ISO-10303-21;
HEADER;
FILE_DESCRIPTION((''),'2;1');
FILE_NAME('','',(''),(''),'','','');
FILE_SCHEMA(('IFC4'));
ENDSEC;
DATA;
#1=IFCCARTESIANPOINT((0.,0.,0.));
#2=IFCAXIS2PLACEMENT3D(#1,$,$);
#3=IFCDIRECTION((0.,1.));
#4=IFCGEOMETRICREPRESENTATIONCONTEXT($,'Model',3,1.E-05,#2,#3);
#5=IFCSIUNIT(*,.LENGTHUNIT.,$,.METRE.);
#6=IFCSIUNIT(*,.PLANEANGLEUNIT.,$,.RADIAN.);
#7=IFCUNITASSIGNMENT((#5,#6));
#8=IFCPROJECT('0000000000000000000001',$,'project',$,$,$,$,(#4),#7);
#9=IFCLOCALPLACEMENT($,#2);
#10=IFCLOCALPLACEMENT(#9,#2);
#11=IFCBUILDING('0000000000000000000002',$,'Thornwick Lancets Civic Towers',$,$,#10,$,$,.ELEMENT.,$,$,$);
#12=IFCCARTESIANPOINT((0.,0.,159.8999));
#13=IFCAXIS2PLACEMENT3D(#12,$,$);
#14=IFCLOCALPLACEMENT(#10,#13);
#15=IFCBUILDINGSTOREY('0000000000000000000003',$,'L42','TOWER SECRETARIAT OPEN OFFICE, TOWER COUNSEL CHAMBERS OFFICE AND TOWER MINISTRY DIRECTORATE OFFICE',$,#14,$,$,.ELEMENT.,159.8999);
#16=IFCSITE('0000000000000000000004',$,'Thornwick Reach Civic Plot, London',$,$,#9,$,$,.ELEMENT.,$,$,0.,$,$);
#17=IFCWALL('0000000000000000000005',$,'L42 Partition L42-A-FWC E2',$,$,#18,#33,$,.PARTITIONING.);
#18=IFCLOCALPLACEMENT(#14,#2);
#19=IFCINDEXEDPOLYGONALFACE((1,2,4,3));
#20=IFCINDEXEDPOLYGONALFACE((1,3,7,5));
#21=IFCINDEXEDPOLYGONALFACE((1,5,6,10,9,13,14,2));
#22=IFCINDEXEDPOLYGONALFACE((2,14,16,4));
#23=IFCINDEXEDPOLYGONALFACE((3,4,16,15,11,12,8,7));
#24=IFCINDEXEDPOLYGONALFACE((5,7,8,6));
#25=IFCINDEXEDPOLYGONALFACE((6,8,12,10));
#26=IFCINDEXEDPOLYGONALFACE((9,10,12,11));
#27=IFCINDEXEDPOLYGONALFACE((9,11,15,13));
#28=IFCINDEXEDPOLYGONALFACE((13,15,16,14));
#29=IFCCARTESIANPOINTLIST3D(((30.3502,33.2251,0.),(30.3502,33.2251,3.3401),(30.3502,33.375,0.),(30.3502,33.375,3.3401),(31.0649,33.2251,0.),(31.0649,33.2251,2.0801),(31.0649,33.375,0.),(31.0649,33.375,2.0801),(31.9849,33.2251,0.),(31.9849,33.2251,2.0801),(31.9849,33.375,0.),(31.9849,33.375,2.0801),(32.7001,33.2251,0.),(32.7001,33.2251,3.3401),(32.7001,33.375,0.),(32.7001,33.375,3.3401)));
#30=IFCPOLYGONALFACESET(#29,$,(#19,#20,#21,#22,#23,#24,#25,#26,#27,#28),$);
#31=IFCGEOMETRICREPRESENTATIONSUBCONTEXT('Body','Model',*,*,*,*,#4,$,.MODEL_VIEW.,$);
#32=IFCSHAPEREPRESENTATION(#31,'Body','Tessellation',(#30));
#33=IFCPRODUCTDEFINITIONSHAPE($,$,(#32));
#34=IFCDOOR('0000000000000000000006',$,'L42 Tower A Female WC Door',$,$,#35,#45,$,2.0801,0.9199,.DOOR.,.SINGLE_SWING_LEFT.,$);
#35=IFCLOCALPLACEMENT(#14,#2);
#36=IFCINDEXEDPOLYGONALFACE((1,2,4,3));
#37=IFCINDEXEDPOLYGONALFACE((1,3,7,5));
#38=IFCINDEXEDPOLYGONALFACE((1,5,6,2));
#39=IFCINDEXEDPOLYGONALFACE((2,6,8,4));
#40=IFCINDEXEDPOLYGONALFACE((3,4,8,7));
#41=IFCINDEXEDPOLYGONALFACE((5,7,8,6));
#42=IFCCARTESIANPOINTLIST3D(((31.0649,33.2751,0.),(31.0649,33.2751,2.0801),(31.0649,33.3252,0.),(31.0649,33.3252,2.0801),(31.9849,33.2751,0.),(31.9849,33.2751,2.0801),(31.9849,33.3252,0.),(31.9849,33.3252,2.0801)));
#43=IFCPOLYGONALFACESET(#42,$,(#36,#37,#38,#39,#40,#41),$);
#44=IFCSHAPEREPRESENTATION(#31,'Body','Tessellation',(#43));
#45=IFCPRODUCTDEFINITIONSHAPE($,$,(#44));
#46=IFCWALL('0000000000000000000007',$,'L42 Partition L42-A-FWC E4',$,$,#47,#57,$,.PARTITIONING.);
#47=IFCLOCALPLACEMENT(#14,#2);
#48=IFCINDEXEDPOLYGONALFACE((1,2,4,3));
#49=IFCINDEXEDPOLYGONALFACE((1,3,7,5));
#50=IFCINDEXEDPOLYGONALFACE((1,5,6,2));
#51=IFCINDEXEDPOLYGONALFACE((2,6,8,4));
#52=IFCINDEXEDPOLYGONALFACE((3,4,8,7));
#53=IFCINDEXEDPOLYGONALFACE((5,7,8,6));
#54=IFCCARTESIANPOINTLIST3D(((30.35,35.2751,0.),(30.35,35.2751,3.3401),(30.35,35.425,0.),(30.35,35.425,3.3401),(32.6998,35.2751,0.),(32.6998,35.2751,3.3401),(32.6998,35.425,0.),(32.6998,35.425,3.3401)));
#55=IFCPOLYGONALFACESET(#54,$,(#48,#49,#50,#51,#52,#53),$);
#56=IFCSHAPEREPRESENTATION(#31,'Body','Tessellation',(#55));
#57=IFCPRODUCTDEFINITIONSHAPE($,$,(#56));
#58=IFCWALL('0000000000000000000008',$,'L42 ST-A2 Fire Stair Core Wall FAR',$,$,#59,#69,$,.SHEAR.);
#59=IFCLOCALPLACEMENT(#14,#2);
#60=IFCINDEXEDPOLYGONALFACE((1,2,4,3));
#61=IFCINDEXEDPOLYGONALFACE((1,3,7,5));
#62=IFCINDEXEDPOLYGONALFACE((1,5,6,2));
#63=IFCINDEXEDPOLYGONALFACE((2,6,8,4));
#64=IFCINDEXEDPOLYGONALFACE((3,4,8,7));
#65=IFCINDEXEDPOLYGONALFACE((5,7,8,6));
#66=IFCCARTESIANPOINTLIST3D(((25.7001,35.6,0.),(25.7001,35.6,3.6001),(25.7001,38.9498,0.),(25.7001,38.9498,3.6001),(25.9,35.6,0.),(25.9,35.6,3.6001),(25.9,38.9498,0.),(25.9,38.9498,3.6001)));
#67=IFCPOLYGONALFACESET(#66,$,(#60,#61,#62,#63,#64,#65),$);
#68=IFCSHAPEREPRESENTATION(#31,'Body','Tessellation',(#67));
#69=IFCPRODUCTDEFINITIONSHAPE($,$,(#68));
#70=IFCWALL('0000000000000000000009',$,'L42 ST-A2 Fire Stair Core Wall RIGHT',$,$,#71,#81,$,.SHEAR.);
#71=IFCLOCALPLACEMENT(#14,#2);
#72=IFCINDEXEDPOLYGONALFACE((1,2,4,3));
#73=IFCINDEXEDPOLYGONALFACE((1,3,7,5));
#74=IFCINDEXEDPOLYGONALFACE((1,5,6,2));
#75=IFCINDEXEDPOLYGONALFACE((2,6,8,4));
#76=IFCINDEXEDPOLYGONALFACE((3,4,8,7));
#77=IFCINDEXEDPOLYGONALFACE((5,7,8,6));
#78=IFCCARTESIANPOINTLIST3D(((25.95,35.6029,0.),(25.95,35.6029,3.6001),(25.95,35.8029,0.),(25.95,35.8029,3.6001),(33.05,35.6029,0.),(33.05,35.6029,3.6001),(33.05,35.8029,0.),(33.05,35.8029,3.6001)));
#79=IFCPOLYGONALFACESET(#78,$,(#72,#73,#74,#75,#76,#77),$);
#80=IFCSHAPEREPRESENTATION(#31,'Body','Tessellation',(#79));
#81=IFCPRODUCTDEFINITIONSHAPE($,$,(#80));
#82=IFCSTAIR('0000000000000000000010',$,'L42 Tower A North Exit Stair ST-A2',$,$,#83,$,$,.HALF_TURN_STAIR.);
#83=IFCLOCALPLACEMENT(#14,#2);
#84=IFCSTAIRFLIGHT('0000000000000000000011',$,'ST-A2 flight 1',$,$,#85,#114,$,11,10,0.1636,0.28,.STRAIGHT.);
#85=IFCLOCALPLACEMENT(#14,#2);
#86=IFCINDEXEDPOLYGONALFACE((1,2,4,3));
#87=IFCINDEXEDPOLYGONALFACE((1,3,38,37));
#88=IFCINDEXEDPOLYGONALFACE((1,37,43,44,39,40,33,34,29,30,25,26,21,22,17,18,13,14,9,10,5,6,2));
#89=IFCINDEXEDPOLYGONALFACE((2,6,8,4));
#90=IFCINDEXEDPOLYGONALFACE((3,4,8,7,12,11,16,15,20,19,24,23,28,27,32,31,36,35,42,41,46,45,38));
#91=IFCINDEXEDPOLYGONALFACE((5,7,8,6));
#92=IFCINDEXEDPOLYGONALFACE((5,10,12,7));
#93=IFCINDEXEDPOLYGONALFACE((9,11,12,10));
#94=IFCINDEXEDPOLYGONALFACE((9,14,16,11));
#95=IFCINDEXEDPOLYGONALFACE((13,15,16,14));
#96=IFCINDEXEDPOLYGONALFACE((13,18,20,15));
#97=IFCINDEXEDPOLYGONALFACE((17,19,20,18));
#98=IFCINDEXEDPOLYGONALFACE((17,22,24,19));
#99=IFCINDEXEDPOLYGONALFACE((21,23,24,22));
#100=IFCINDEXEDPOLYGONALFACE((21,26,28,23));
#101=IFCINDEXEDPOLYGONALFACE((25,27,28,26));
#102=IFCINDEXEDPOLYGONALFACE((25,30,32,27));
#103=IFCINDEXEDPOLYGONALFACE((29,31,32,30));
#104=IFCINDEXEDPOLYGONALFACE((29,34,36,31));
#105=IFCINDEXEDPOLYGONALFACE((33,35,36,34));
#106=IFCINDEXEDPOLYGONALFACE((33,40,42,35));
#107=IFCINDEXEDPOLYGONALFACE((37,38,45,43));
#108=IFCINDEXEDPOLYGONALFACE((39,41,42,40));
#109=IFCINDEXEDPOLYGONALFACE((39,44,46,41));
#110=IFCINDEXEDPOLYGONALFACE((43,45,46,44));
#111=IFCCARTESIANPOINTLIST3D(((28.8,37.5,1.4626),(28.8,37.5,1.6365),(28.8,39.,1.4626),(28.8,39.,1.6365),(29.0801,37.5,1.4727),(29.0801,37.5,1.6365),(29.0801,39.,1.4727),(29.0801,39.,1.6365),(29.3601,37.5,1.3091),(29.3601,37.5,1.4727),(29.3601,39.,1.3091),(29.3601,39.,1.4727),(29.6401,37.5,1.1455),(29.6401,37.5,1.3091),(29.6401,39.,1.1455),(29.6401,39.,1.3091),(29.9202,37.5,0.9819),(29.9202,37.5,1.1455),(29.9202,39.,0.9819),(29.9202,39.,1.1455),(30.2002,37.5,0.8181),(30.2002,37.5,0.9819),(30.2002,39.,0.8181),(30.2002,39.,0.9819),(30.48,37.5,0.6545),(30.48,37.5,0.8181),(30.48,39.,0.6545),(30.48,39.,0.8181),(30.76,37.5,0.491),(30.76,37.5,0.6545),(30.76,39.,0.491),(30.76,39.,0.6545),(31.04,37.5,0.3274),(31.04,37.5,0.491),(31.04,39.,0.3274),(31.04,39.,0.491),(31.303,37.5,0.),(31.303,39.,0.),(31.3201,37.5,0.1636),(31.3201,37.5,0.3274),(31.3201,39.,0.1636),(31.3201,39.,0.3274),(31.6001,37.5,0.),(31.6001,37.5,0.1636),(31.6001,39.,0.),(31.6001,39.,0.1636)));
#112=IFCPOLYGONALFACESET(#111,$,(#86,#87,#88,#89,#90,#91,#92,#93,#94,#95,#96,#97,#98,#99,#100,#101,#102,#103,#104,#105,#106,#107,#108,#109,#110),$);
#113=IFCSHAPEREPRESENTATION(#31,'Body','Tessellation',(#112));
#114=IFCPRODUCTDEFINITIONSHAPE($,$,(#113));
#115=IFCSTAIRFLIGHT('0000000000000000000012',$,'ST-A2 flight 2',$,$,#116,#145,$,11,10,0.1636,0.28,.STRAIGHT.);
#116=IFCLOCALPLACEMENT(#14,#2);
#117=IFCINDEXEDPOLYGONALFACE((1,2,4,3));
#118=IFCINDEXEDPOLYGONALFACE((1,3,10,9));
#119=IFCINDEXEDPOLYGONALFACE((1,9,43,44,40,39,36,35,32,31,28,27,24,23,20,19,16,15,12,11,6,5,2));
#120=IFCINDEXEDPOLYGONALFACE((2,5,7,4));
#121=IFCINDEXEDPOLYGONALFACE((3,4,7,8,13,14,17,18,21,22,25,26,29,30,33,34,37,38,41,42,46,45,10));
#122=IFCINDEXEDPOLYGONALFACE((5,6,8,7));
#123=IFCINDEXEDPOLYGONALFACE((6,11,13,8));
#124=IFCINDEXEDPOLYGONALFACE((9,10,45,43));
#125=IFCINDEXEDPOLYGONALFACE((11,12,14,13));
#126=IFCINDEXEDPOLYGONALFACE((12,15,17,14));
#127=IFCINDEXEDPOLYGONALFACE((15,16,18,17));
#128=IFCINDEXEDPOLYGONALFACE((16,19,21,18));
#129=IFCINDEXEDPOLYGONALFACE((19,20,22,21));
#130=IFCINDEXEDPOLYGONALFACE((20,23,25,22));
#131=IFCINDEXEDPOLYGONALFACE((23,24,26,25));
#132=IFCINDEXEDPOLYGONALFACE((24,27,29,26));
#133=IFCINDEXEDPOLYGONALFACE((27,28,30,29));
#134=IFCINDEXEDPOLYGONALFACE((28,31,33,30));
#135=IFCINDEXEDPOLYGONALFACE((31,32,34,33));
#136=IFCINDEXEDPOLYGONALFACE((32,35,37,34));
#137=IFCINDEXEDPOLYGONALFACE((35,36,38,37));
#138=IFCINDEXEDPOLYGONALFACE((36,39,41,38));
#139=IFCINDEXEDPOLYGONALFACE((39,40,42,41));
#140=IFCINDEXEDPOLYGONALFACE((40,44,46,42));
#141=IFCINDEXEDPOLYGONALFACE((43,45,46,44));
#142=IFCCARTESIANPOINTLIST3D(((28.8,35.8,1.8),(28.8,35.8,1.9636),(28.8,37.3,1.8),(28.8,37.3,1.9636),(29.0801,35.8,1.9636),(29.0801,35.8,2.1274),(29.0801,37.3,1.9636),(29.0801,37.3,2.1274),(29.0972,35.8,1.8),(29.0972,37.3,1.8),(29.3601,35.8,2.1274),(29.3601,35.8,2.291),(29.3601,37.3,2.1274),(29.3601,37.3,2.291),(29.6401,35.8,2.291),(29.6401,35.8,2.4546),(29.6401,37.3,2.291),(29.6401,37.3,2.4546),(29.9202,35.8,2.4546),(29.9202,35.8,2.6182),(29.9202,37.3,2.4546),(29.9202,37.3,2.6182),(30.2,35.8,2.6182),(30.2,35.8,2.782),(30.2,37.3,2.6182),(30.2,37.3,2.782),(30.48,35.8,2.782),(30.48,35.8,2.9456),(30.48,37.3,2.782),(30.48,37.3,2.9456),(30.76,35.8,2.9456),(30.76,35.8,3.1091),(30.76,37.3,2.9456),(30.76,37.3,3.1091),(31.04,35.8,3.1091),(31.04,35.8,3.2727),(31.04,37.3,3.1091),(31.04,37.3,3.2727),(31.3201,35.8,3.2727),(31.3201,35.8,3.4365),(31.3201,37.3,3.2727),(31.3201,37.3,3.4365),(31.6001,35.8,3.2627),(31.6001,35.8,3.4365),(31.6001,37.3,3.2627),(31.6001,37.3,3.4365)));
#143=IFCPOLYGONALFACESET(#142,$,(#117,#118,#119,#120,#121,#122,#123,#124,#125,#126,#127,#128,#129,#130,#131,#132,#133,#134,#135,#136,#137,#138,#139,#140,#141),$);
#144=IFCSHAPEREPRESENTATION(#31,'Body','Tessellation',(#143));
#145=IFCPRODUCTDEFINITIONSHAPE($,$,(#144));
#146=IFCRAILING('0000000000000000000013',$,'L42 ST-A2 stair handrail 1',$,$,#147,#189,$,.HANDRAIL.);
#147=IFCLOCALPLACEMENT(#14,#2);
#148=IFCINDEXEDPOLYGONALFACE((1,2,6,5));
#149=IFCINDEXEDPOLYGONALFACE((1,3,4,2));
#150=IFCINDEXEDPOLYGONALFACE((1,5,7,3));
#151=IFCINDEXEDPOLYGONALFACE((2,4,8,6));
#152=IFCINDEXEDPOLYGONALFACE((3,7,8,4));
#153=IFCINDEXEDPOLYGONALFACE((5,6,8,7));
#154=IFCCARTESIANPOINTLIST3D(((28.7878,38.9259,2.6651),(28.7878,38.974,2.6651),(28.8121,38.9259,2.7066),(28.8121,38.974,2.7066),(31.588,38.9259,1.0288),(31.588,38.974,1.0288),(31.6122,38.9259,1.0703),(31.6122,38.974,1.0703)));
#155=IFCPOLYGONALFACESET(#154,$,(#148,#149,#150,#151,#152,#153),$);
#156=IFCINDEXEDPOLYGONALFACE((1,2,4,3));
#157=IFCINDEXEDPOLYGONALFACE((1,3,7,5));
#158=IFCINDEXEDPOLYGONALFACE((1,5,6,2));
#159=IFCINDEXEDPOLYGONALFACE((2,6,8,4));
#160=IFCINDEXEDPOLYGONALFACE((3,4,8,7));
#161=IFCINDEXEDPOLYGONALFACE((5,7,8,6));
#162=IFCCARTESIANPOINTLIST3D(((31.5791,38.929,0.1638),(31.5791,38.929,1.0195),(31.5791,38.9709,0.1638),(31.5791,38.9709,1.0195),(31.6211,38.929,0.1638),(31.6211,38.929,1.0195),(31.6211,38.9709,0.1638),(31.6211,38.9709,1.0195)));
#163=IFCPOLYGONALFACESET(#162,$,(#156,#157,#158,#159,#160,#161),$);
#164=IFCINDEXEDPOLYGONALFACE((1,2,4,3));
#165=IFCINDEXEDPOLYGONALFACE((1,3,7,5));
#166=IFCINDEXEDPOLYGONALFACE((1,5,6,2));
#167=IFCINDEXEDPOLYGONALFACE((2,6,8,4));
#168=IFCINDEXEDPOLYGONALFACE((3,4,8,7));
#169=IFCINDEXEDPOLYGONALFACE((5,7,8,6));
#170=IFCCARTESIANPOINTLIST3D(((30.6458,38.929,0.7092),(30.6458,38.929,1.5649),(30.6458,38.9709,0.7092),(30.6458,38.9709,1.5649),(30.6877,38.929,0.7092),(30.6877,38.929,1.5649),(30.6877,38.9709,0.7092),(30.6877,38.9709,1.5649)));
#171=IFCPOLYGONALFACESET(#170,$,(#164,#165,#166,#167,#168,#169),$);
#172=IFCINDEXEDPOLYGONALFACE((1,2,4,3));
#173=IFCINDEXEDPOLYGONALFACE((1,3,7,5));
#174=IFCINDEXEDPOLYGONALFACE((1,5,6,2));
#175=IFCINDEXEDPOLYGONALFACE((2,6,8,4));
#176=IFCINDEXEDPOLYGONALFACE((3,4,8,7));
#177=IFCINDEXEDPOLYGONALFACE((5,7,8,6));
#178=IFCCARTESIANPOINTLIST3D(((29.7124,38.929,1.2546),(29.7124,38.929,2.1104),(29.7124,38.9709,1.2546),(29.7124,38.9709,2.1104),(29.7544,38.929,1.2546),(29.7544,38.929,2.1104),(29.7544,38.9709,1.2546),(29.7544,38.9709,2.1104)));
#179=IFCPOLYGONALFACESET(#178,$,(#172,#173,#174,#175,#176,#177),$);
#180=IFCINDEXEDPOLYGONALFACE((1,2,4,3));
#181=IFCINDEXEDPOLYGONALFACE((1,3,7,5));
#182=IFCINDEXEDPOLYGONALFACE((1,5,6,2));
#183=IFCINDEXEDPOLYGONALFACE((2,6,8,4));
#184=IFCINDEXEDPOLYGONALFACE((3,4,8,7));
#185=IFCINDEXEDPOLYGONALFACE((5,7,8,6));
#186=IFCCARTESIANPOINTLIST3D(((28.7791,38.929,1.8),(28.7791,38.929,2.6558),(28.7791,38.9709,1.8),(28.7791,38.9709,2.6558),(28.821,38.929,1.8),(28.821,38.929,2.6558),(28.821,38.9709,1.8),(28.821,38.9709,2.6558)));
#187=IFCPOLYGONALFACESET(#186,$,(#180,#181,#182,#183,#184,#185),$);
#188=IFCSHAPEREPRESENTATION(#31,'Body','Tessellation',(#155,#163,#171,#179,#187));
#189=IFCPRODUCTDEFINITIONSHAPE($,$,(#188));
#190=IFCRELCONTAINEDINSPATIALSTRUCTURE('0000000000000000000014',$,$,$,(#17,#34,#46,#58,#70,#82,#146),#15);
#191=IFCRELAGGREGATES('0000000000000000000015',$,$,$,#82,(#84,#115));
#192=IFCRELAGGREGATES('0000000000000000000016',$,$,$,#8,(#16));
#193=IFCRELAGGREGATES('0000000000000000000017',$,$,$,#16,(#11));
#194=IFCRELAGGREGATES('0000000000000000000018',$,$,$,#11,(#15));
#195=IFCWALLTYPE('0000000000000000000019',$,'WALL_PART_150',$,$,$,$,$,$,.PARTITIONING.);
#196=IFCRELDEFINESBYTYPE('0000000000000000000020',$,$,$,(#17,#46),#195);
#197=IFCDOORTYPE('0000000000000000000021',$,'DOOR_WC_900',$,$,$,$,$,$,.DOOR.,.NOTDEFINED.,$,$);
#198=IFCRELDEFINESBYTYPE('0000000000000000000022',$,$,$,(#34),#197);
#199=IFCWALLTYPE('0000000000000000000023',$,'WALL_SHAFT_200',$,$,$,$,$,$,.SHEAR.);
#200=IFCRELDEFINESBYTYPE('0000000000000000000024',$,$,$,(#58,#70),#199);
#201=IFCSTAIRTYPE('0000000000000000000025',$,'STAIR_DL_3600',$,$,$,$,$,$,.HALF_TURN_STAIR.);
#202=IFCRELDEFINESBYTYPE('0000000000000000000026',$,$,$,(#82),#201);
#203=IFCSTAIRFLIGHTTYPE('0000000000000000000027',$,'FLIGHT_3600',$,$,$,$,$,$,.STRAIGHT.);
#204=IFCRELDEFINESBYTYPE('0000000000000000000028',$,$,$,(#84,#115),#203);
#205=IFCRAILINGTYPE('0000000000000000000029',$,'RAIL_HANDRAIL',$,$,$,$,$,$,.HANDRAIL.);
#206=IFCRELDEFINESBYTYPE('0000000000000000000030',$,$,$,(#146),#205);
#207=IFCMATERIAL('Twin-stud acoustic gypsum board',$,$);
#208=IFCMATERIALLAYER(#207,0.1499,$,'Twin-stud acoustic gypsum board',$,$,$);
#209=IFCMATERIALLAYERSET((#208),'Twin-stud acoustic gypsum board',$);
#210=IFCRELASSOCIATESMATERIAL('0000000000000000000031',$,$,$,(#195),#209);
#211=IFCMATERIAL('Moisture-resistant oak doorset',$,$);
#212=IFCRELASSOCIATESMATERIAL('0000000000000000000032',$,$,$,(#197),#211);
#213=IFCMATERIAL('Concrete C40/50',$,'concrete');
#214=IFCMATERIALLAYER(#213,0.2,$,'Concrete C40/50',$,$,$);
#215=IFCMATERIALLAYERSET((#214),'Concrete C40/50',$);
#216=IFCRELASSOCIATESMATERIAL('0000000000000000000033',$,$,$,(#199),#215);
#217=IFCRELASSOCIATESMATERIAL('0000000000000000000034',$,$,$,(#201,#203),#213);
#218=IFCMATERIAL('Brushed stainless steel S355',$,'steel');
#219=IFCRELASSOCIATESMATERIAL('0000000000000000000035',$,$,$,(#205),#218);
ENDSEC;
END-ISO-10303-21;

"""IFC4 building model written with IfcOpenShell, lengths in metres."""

from ifc_helpers import new_model, si_unit, direction, frame, frame_2d, origin, origin_2d, place, context, subcontext, project, spatial, polyline, rectangle, outline, extrude, material, layer, layer_set, type_object, element, fill, aggregate, save


model = new_model("IFC4")

# Units and contexts
model_context = context("Model", 3, precision=1e-05, world=origin(), true_north=direction((0.0, 1.0)))
body_context = subcontext(model_context, "Body", "Model", "MODEL_VIEW")
ifc_project = project(units=[si_unit("LENGTHUNIT", "METRE"), si_unit("PLANEANGLEUNIT", "RADIAN")], contexts=[model_context])

# Site, building, storey
site_placement = place(None, origin())
site = spatial("IfcSite", under=ifc_project, at=site_placement, Name="Thornwick Reach Civic Plot, London", CompositionType="ELEMENT", RefElevation=0.0)
building_placement = place(site_placement, origin())
building = spatial("IfcBuilding", under=site, at=building_placement, Name="Thornwick Lancets Civic Towers", CompositionType="ELEMENT")
storey_placement = place(building_placement, frame((0.0, 0.0, 159.8999)))
storey = spatial("IfcBuildingStorey", under=building, at=storey_placement, Name="L42", Description="TOWER SECRETARIAT OPEN OFFICE, TOWER COUNSEL CHAMBERS OFFICE AND TOWER MINISTRY DIRECTORATE OFFICE", CompositionType="ELEMENT", Elevation=159.8999)

# Shared definitions
ifc_material_1 = material(Name="Concrete C40/50", Category="concrete")

# Wall, opening, door
ifc_material_2 = material(Name="Twin-stud acoustic gypsum board")
ifc_layer_1 = layer(ifc_material_2, 0.1499, Name="Twin-stud acoustic gypsum board")
ifc_layer_set_1 = layer_set([ifc_layer_1], Name="Twin-stud acoustic gypsum board")
wall_type_1 = type_object("IfcWallType", Name="WALL_PART_150", PredefinedType="PARTITIONING", material=ifc_layer_set_1)
wall_1_placement = place(storey_placement, frame((32.7, 33.3, 0.0), z_axis=(0.0, 0.0, 1.0), x_axis=(-1.0, 0.0, 0.0)))
wall_1 = element("IfcWall", 1, at=wall_1_placement, inside=storey, type_object=wall_type_1, Name="L42 Partition L42-A-FWC E2", PredefinedType="PARTITIONING", context=body_context, shape_type="SweptSolid", body=[
    extrude(rectangle(XDim=2.3499, YDim=0.1499, at=frame_2d((1.1748, 0.0))), origin(), (0.0, 0.0, 1.0), 3.3401),
])
opening_1_placement = place(wall_1_placement, frame((0.7151, 0.0, 0.0)))
opening_1 = element("IfcOpeningElement", 2, at=opening_1_placement, cuts=wall_1, PredefinedType="OPENING", context=body_context, shape_type="SweptSolid", body=[
    extrude(rectangle(XDim=0.9199, YDim=2.0801, at=frame_2d((0.46, 1.04))), frame((0.0, 0.085, 0.0), z_axis=(0.0, -1.0, 0.0), x_axis=(1.0, 0.0, 0.0)), (0.0, 0.0, 1.0), 0.1699),
])
ifc_material_3 = material(Name="Moisture-resistant oak doorset")
door_type_1 = type_object("IfcDoorType", Name="DOOR_WC_900", OperationType="NOTDEFINED", PredefinedType="DOOR", material=ifc_material_3)
door_1_placement = place(opening_1_placement, origin())
door_1 = element("IfcDoor", 3, at=door_1_placement, inside=storey, type_object=door_type_1, Name="L42 Tower A Female WC Door", OperationType="SINGLE_SWING_LEFT", OverallHeight=2.0801, OverallWidth=0.9199, PredefinedType="DOOR", context=body_context, shape_type="SweptSolid", body=[
    extrude(rectangle(XDim=0.9199, YDim=2.0801, at=frame_2d((0.46, 1.04))), frame((0.0, 0.0249, 0.0), z_axis=(0.0, -1.0, 0.0), x_axis=(1.0, 0.0, 0.0)), (0.0, 0.0, 1.0), 0.05),
])
fill(opening_1, door_1)

# Walls
wall_2_placement = place(storey_placement, frame((30.3501, 35.3501, 0.0), z_axis=(0.0, 0.0, 1.0), x_axis=(1.0, 0.0, 0.0)))
element("IfcWall", 4, at=wall_2_placement, inside=storey, type_object=wall_type_1, Name="L42 Partition L42-A-FWC E4", PredefinedType="PARTITIONING", context=body_context, shape_type="SweptSolid", body=[
    extrude(rectangle(XDim=2.3499, YDim=0.1499, at=frame_2d((1.1748, 0.0))), origin(), (0.0, 0.0, 1.0), 3.3401),
])
ifc_layer_2 = layer(ifc_material_1, 0.2, Name="Concrete C40/50")
ifc_layer_set_2 = layer_set([ifc_layer_2], Name="Concrete C40/50")
wall_type_2 = type_object("IfcWallType", Name="WALL_SHAFT_200", PredefinedType="SHEAR", material=ifc_layer_set_2)
wall_3_placement = place(storey_placement, frame((25.8, 35.6001, 0.0), z_axis=(0.0, 0.0, 1.0), x_axis=(0.0, 1.0, 0.0)))
element("IfcWall", 5, at=wall_3_placement, inside=storey, type_object=wall_type_2, Name="L42 ST-A2 Fire Stair Core Wall FAR", PredefinedType="SHEAR", context=body_context, shape_type="SweptSolid", body=[
    extrude(rectangle(XDim=3.3499, YDim=0.2, at=frame_2d((1.6748, 0.0))), origin(), (0.0, 0.0, 1.0), 3.6001),
])
wall_4_placement = place(storey_placement, frame((25.95, 35.7029, 0.0), z_axis=(0.0, 0.0, 1.0), x_axis=(1.0, 0.0, 0.0)))
element("IfcWall", 6, at=wall_4_placement, inside=storey, type_object=wall_type_2, Name="L42 ST-A2 Fire Stair Core Wall RIGHT", PredefinedType="SHEAR", context=body_context, shape_type="SweptSolid", body=[
    extrude(rectangle(XDim=7.1001, YDim=0.2, at=frame_2d((3.55, 0.0))), origin(), (0.0, 0.0, 1.0), 3.6001),
])

# Stair, stair flights
stair_type = type_object("IfcStairType", Name="STAIR_DL_3600", PredefinedType="HALF_TURN_STAIR", material=ifc_material_1)
stair_placement = place(storey_placement, origin())
stair = element("IfcStair", 7, at=stair_placement, inside=storey, type_object=stair_type, Name="L42 Tower A North Exit Stair ST-A2", PredefinedType="HALF_TURN_STAIR")
stair_flight_type = type_object("IfcStairFlightType", Name="FLIGHT_3600", PredefinedType="STRAIGHT", material=ifc_material_1)
stair_flight_1_placement = place(storey_placement, frame((31.6001, 38.25, 0.0), z_axis=(0.0, 0.0, 1.0), x_axis=(-1.0, 0.0, 0.0)))
stair_flight_1 = element("IfcStairFlight", 8, at=stair_flight_1_placement, type_object=stair_flight_type, Name="ST-A2 flight 1", NumberOfRisers=11, NumberOfTreads=10, PredefinedType="STRAIGHT", RiserHeight=0.1636, TreadLength=0.28, context=body_context, shape_type="SweptSolid", body=[
    extrude(outline(polyline([(0.0, 0.0), (0.0, 0.1636), (0.28, 0.1636), (0.28, 0.3274), (0.5601, 0.3274), (0.5601, 0.491), (0.8401, 0.491), (0.8401, 0.6545), (1.1201, 0.6545), (1.1201, 0.8181), (1.3999, 0.8181), (1.3999, 0.9819), (1.6799, 0.9819), (1.6799, 1.1455), (1.96, 1.1455), (1.96, 1.3091), (2.24, 1.3091), (2.24, 1.4727), (2.52, 1.4727), (2.52, 1.6365), (2.8, 1.6365), (2.8, 1.8), (2.8, 1.4626), (0.2971, 0.0), (0.0, 0.0)])), frame((0.0, 0.75, 0.0), z_axis=(0.0, -1.0, 0.0), x_axis=(1.0, 0.0, 0.0)), (0.0, 0.0, 1.0), 1.5),
])
stair_flight_2_placement = place(storey_placement, frame((28.8, 36.55, 1.8), z_axis=(0.0, 0.0, 1.0), x_axis=(1.0, 0.0, 0.0)))
stair_flight_2 = element("IfcStairFlight", 9, at=stair_flight_2_placement, type_object=stair_flight_type, Name="ST-A2 flight 2", NumberOfRisers=11, NumberOfTreads=10, PredefinedType="STRAIGHT", RiserHeight=0.1636, TreadLength=0.28, context=body_context, shape_type="SweptSolid", body=[
    extrude(outline(polyline([(0.0, 0.0), (0.0, 0.1636), (0.28, 0.1636), (0.28, 0.3274), (0.5601, 0.3274), (0.5601, 0.491), (0.8401, 0.491), (0.8401, 0.6545), (1.1201, 0.6545), (1.1201, 0.8181), (1.3999, 0.8181), (1.3999, 0.9819), (1.6799, 0.9819), (1.6799, 1.1455), (1.96, 1.1455), (1.96, 1.3091), (2.24, 1.3091), (2.24, 1.4727), (2.52, 1.4727), (2.52, 1.6365), (2.8, 1.6365), (2.8, 1.8), (2.8, 1.4626), (0.2971, 0.0), (0.0, 0.0)])), frame((0.0, 0.75, 0.0), z_axis=(0.0, -1.0, 0.0), x_axis=(1.0, 0.0, 0.0)), (0.0, 0.0, 1.0), 1.5),
])
aggregate(stair, [stair_flight_1, stair_flight_2])

# Railing
ifc_material_4 = material(Name="Brushed stainless steel S355", Category="steel")
railing_type_1 = type_object("IfcRailingType", Name="RAIL_HANDRAIL", PredefinedType="HANDRAIL", material=ifc_material_4)
railing_1_placement = place(storey_placement, frame((31.6001, 38.95, 0.1638)))
element("IfcRailing", 10, at=railing_1_placement, inside=storey, type_object=railing_type_1, Name="L42 ST-A2 stair handrail 1", PredefinedType="HANDRAIL", context=body_context, shape_type="SweptSolid", body=[
    extrude(rectangle(XDim=0.0481, YDim=0.0481, at=origin_2d()), frame((0.0, 0.0, 0.8857), z_axis=(-0.863394, 0.0, 0.504531), x_axis=(0.0, -1.0, 0.0)), (0.0, 0.0, 1.0), 3.2432),
    extrude(rectangle(XDim=0.042, YDim=0.042, at=origin_2d()), origin(), (0.0, 0.0, 1.0), 0.8557),
    extrude(rectangle(XDim=0.042, YDim=0.042, at=origin_2d()), frame((-0.9333, 0.0, 0.5454)), (0.0, 0.0, 1.0), 0.8557),
    extrude(rectangle(XDim=0.042, YDim=0.042, at=origin_2d()), frame((-1.8667, 0.0, 1.0908)), (0.0, 0.0, 1.0), 0.8557),
    extrude(rectangle(XDim=0.042, YDim=0.042, at=origin_2d()), frame((-2.8, 0.0, 1.6362)), (0.0, 0.0, 1.0), 0.8557),
])

save(model, "model.ifc")
